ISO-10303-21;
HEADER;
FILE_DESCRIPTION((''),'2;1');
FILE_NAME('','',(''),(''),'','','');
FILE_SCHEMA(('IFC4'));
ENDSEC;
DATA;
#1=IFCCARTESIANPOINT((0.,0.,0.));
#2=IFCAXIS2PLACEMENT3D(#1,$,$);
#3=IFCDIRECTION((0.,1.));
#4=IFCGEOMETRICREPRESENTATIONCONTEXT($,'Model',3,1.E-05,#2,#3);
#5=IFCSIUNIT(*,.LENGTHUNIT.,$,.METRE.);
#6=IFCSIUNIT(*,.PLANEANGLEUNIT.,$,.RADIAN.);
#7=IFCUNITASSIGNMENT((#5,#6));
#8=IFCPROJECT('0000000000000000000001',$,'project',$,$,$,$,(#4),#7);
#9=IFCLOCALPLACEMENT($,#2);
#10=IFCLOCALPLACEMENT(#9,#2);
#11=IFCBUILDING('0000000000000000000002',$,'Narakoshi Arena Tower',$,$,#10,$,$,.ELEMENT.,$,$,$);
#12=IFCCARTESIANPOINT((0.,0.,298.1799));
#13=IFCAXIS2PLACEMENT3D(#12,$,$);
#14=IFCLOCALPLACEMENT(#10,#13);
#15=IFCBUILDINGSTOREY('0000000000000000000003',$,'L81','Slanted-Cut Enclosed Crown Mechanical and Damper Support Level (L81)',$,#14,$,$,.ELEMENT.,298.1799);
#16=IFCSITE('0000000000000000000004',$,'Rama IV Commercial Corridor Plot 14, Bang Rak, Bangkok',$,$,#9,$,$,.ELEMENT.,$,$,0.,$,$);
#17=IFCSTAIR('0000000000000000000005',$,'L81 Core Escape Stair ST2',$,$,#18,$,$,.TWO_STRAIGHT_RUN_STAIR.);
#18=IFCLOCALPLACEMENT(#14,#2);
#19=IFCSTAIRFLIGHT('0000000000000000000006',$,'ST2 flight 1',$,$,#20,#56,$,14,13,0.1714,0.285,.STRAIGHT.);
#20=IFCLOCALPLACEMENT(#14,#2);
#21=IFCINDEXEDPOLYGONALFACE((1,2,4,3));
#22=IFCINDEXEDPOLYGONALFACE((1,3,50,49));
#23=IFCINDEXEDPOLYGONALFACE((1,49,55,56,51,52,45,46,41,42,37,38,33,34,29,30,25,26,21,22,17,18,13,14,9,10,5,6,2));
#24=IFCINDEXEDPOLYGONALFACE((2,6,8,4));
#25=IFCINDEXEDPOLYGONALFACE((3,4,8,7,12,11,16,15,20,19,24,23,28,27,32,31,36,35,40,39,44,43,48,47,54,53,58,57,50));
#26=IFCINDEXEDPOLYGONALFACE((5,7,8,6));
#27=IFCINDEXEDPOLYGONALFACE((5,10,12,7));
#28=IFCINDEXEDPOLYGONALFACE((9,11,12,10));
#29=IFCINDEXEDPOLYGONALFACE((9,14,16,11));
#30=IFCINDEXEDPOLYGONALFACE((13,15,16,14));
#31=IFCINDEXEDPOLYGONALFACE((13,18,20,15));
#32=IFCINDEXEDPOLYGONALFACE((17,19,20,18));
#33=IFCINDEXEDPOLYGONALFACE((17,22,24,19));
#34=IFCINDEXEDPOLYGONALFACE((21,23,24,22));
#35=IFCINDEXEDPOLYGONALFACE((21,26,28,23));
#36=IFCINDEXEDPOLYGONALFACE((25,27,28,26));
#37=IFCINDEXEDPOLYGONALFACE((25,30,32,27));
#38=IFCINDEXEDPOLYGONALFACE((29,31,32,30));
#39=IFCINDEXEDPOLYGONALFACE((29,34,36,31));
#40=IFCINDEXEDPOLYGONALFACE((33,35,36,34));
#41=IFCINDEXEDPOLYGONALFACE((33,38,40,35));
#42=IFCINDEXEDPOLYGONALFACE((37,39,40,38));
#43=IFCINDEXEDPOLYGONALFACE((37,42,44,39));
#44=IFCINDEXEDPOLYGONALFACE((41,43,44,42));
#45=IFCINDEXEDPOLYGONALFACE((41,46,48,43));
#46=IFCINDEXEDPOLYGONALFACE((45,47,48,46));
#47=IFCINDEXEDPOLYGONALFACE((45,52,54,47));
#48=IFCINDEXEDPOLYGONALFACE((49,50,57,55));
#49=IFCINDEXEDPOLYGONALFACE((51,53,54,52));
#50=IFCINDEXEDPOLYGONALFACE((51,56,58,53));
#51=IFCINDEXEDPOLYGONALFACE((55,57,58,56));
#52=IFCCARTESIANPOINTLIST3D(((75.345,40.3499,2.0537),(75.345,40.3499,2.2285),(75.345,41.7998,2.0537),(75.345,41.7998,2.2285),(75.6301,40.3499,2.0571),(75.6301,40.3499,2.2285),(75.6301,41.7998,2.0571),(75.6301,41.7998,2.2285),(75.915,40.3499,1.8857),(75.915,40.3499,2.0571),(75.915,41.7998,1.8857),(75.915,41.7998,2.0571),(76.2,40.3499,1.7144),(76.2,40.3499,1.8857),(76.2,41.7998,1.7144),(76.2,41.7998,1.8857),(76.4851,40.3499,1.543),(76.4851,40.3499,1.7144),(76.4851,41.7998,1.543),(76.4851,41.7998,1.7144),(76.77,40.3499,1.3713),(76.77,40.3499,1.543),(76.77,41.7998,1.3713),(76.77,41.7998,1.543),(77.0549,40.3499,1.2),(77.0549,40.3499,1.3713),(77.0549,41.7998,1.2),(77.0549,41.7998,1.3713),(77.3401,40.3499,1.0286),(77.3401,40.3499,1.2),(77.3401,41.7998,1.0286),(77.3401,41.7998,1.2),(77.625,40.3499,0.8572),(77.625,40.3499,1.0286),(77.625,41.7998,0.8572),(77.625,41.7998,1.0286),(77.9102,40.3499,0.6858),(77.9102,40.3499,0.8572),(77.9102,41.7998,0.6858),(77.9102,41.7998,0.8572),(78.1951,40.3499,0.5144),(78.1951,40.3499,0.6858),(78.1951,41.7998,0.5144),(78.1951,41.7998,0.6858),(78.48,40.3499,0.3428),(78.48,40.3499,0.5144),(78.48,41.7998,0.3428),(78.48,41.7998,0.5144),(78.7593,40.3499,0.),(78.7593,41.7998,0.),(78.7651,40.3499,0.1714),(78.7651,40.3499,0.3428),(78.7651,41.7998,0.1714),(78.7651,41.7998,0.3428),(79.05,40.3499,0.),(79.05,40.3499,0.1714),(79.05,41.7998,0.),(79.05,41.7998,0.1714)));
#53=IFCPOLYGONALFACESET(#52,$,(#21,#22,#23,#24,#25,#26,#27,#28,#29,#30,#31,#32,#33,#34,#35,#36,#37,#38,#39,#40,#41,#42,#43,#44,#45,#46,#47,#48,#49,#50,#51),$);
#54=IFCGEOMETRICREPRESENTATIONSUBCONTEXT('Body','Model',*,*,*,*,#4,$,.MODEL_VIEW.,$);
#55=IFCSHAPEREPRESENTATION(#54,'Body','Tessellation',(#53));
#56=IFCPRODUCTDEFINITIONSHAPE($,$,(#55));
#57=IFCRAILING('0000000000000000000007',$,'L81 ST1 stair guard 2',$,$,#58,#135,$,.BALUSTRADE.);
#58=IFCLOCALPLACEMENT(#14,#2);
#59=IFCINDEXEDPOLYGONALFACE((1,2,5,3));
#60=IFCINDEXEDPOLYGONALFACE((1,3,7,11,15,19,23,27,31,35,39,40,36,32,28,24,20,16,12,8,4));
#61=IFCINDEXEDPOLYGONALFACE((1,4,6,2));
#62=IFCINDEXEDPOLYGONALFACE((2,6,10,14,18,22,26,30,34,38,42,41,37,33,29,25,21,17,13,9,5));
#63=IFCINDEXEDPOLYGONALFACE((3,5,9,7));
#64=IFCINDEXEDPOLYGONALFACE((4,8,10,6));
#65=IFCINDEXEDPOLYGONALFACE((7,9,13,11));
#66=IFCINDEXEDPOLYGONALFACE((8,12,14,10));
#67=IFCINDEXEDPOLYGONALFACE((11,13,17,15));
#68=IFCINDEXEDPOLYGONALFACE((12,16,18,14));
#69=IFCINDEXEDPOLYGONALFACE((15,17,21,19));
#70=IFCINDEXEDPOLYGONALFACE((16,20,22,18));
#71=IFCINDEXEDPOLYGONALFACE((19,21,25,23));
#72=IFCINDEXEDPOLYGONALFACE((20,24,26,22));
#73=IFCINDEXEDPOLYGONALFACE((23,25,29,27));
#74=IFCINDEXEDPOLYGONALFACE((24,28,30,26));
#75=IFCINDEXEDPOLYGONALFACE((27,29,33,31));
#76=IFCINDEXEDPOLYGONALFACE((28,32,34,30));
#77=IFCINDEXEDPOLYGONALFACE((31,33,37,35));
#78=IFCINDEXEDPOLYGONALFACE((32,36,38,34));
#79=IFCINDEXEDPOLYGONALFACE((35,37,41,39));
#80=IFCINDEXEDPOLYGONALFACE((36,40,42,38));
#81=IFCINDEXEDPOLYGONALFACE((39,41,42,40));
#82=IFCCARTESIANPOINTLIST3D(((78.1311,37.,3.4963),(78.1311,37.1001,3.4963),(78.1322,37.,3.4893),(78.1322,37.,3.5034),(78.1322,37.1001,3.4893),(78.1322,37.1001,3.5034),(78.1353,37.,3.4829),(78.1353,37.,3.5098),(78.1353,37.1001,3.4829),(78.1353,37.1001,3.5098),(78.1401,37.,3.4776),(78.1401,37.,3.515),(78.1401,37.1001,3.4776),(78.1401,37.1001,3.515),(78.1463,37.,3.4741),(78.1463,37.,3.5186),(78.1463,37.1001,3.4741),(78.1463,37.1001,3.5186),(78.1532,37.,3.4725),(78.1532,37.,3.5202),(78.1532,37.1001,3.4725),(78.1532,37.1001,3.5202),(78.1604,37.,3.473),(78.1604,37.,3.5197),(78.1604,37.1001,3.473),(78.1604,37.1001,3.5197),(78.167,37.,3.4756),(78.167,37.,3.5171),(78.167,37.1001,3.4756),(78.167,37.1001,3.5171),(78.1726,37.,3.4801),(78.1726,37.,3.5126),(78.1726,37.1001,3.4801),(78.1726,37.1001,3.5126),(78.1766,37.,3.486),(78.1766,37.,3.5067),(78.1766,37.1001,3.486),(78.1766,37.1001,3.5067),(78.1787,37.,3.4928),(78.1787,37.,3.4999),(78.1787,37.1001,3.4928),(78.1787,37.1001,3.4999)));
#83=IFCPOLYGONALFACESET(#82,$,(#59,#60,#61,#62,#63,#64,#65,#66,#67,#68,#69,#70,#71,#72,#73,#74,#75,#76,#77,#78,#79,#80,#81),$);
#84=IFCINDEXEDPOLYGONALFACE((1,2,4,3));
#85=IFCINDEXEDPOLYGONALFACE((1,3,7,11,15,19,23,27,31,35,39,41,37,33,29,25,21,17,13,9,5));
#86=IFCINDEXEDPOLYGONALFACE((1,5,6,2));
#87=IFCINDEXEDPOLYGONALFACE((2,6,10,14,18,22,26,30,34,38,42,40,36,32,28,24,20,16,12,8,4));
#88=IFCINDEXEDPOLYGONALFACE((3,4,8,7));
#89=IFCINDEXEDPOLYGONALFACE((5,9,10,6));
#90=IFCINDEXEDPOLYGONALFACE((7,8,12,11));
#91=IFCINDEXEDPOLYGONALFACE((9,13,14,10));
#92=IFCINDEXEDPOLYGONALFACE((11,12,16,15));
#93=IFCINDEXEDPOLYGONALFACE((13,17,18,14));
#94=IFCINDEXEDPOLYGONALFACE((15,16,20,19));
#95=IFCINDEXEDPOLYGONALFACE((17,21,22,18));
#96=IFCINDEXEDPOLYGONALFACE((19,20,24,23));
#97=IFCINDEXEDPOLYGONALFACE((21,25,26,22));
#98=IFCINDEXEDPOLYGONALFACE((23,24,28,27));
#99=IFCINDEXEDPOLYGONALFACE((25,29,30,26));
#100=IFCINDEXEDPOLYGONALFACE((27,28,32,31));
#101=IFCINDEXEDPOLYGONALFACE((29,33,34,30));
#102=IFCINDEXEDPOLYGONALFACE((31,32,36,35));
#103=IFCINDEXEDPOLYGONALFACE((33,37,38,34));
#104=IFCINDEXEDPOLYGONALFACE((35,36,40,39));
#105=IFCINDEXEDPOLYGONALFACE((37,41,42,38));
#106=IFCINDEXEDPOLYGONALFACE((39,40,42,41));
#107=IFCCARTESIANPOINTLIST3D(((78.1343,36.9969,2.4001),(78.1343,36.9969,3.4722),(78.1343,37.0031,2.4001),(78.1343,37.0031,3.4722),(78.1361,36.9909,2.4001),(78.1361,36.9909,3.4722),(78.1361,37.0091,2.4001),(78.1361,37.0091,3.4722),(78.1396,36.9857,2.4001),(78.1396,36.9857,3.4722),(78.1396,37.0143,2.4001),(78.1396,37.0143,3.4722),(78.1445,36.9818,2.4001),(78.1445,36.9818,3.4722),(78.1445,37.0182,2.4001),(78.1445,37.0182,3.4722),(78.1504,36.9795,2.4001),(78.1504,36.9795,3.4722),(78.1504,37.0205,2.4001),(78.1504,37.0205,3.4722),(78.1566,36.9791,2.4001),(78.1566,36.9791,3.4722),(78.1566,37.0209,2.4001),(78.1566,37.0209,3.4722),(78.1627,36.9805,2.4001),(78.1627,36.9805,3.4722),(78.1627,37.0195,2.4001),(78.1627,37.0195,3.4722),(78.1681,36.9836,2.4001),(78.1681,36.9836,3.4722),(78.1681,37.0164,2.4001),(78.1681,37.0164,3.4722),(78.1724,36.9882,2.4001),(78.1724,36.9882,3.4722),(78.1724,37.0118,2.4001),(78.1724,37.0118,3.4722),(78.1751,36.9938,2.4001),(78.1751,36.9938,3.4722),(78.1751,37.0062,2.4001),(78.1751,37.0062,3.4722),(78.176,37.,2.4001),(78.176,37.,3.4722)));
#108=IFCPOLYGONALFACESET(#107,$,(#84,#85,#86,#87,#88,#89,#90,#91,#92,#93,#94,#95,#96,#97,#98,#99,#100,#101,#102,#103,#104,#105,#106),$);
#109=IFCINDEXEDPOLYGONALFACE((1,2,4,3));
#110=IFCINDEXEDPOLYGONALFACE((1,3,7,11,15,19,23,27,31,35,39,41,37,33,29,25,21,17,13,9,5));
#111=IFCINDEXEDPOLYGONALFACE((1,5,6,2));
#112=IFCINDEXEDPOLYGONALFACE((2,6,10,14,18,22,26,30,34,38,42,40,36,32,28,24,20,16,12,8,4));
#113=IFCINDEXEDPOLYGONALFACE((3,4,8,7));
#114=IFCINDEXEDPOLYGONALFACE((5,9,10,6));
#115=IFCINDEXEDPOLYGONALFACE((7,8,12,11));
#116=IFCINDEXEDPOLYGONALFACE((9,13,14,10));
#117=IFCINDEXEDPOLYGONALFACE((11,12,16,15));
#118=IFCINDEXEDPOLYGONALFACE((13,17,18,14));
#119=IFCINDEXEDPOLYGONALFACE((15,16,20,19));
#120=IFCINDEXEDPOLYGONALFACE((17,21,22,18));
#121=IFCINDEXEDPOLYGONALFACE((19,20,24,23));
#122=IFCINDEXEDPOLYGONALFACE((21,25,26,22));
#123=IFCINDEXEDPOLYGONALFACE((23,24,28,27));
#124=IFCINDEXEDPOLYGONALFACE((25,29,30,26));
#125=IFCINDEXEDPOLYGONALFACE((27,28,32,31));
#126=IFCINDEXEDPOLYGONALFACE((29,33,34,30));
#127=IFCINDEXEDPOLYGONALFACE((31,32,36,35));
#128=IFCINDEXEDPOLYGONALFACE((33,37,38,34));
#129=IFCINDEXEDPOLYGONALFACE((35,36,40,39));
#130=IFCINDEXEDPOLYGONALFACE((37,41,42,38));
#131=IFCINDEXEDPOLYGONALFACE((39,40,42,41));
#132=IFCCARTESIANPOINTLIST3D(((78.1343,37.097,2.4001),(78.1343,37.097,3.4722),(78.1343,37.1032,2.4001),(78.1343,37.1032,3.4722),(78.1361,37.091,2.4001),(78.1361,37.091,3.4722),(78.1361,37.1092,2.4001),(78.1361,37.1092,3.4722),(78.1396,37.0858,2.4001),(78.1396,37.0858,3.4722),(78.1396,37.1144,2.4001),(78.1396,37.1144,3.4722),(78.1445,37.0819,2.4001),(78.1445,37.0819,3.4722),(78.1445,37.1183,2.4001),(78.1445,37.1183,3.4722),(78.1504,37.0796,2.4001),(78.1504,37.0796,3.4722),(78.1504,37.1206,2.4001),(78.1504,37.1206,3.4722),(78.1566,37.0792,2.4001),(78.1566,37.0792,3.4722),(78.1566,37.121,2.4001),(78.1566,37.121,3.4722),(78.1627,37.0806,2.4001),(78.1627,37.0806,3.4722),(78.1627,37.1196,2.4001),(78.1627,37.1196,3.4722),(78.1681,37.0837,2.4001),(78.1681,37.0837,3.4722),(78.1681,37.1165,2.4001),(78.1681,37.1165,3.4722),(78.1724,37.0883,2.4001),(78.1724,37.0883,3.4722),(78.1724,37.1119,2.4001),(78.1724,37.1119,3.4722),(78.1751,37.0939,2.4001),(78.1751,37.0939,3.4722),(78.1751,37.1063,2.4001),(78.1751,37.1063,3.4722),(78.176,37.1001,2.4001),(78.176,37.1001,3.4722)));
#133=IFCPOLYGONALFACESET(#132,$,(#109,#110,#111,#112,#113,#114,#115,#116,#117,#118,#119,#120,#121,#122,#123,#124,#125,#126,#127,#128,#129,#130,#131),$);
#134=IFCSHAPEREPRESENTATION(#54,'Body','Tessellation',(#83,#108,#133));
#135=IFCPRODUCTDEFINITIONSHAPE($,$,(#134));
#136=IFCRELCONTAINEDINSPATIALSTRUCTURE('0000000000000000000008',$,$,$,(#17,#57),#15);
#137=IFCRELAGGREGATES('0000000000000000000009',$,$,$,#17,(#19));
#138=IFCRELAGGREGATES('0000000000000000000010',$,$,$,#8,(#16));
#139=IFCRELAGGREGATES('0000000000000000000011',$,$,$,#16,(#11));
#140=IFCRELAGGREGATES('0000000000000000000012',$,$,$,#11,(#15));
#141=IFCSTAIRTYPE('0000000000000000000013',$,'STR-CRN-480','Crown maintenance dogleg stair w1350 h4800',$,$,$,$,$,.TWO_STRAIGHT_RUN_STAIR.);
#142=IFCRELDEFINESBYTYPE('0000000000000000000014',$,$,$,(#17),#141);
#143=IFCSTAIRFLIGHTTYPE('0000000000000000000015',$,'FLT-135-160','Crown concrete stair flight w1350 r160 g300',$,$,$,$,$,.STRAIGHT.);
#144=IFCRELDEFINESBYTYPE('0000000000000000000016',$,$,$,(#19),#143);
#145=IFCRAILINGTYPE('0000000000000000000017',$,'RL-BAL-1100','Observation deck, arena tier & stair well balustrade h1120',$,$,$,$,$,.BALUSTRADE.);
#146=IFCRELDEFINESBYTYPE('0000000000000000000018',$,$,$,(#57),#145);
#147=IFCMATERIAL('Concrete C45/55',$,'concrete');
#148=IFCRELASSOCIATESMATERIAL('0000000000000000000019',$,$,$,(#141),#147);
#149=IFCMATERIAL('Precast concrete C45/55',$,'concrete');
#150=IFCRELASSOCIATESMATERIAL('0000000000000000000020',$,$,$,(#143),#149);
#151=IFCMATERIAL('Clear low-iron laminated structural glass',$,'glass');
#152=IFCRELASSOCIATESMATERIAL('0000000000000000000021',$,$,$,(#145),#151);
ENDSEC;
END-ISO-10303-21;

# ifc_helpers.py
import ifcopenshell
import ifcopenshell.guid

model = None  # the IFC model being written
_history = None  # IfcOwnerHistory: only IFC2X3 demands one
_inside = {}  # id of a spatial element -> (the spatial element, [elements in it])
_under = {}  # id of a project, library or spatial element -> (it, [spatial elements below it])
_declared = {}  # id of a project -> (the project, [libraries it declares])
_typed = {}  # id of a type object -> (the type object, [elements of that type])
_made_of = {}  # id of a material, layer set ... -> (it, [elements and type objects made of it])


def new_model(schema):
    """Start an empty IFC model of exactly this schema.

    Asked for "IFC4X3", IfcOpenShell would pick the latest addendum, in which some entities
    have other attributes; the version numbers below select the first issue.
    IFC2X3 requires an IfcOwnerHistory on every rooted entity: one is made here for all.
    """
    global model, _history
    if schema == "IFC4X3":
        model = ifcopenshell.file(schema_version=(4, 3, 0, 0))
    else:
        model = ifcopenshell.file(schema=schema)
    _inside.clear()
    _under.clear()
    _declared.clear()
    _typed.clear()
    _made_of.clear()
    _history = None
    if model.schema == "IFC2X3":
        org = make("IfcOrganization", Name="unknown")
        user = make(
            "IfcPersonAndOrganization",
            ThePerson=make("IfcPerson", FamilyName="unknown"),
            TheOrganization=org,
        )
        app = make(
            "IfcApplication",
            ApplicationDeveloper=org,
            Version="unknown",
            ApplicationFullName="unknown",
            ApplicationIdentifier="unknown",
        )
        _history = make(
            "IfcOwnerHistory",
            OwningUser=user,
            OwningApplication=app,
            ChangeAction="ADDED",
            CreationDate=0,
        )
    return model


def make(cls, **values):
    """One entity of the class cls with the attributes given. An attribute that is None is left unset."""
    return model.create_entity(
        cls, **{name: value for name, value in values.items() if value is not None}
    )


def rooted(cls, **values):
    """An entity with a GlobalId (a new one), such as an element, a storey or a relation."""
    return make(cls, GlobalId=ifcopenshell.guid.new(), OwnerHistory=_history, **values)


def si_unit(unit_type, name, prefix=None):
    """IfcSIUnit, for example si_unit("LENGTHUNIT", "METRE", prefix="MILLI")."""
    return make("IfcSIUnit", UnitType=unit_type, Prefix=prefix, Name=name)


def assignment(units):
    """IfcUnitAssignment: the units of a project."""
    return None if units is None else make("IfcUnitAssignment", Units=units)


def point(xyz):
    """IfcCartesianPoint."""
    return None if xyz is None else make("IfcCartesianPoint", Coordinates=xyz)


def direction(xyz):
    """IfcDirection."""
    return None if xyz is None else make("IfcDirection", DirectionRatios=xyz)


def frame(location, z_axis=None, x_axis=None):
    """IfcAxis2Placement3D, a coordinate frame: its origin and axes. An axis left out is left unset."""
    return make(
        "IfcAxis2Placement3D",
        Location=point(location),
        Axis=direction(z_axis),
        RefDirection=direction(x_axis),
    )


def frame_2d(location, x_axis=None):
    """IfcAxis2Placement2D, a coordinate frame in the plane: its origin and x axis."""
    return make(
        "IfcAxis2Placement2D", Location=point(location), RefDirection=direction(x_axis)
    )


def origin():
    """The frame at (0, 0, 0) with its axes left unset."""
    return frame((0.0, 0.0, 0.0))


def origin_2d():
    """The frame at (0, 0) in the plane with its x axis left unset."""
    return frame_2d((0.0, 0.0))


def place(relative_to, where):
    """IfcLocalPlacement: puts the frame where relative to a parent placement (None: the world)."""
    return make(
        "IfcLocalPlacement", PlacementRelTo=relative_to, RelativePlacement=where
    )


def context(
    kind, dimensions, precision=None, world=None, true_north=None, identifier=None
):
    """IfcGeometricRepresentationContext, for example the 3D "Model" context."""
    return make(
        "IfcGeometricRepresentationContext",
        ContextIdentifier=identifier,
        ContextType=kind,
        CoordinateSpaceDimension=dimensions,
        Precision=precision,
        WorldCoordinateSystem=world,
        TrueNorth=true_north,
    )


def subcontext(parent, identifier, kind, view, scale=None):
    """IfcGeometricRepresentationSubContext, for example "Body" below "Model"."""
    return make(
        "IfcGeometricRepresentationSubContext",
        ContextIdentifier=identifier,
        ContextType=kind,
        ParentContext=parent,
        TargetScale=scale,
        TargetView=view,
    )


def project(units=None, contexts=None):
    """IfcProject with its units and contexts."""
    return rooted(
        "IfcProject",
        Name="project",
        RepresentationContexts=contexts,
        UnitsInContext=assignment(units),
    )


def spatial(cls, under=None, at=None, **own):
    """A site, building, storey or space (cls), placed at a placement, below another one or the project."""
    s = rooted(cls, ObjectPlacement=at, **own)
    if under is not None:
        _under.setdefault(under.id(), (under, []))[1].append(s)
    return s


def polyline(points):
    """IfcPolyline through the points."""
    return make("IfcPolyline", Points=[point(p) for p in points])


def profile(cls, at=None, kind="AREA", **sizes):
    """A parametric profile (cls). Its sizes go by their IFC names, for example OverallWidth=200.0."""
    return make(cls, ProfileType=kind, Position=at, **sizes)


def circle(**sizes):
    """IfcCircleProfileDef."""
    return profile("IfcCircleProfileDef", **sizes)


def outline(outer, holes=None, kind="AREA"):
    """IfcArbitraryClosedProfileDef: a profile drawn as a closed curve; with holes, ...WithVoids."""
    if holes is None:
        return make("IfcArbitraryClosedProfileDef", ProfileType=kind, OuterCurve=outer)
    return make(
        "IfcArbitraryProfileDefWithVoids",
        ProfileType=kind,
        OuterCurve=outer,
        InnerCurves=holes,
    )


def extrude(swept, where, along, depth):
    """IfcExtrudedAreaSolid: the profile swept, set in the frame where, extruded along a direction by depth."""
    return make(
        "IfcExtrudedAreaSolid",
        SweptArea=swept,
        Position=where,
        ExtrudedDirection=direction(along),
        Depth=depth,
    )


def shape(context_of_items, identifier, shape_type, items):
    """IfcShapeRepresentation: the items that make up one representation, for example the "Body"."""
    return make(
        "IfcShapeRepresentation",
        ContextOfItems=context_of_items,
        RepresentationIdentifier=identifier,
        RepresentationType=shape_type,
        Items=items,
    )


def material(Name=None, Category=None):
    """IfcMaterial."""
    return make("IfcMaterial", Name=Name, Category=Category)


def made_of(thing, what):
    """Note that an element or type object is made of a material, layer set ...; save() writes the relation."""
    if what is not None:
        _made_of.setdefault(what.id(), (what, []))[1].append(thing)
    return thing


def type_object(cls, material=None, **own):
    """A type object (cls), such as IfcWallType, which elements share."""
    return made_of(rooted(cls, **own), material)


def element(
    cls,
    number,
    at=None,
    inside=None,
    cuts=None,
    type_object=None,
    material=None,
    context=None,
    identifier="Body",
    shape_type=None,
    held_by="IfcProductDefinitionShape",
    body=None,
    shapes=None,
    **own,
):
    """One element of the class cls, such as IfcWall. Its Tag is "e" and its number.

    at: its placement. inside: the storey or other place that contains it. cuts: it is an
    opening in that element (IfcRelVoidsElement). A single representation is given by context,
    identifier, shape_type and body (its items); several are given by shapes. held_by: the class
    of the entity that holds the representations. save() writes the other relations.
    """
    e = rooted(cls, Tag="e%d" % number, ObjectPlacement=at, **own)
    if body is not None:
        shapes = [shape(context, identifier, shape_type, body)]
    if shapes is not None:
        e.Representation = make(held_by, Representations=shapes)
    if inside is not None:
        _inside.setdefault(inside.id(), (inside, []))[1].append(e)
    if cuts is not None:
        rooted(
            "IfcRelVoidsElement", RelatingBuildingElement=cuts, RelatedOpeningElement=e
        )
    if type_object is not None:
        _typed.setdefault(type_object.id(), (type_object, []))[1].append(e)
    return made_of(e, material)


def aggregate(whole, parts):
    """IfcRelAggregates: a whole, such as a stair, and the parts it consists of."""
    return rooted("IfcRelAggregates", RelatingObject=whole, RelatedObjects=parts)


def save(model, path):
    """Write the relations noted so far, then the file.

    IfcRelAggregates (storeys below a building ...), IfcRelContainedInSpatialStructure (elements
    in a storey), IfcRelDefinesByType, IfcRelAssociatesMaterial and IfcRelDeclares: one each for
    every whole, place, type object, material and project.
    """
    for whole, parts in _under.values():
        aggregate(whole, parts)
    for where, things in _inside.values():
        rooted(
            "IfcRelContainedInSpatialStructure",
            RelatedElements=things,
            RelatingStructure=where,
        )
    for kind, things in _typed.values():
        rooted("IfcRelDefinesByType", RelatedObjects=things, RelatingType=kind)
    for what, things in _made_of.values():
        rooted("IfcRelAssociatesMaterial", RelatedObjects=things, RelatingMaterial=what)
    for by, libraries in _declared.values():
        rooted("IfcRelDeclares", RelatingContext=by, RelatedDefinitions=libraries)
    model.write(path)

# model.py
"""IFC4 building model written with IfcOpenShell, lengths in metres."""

from ifc_helpers import new_model, si_unit, direction, frame, origin, origin_2d, place, context, subcontext, project, spatial, polyline, circle, outline, extrude, material, type_object, element, aggregate, save


model = new_model("IFC4")

# Units and contexts
model_context = context("Model", 3, precision=1e-05, world=origin(), true_north=direction((0.0, 1.0)))
body_context = subcontext(model_context, "Body", "Model", "MODEL_VIEW")
ifc_project = project(units=[si_unit("LENGTHUNIT", "METRE"), si_unit("PLANEANGLEUNIT", "RADIAN")], contexts=[model_context])

# Site, building, storey
site_placement = place(None, origin())
site = spatial("IfcSite", under=ifc_project, at=site_placement, Name="Rama IV Commercial Corridor Plot 14, Bang Rak, Bangkok", CompositionType="ELEMENT", RefElevation=0.0)
building_placement = place(site_placement, origin())
building = spatial("IfcBuilding", under=site, at=building_placement, Name="Narakoshi Arena Tower", CompositionType="ELEMENT")
storey_placement = place(building_placement, frame((0.0, 0.0, 298.1799)))
storey = spatial("IfcBuildingStorey", under=building, at=storey_placement, Name="L81", Description="Slanted-Cut Enclosed Crown Mechanical and Damper Support Level (L81)", CompositionType="ELEMENT", Elevation=298.1799)

# Shared definitions
ifc_material_1 = material(Name="Precast concrete C45/55", Category="concrete")

# Stair, stair flight
ifc_material_2 = material(Name="Concrete C45/55", Category="concrete")
stair_type = type_object("IfcStairType", Name="STR-CRN-480", Description="Crown maintenance dogleg stair w1350 h4800", PredefinedType="TWO_STRAIGHT_RUN_STAIR", material=ifc_material_2)
stair_placement = place(storey_placement, origin())
stair = element("IfcStair", 1, at=stair_placement, inside=storey, type_object=stair_type, Name="L81 Core Escape Stair ST2", PredefinedType="TWO_STRAIGHT_RUN_STAIR")
stair_flight_type = type_object("IfcStairFlightType", Name="FLT-135-160", Description="Crown concrete stair flight w1350 r160 g300", PredefinedType="STRAIGHT", material=ifc_material_1)
stair_flight_placement = place(storey_placement, frame((79.05, 41.075, 0.0), z_axis=(0.0, 0.0, 1.0), x_axis=(-1.0, 0.0, 0.0)))
stair_flight = element("IfcStairFlight", 2, at=stair_flight_placement, type_object=stair_flight_type, Name="ST2 flight 1", NumberOfRisers=14, NumberOfTreads=13, PredefinedType="STRAIGHT", RiserHeight=0.1714, TreadLength=0.285, context=body_context, shape_type="SweptSolid", body=[
    extrude(outline(polyline([(0.0, 0.0), (0.0, 0.1714), (0.2849, 0.1714), (0.2849, 0.3428), (0.5701, 0.3428), (0.5701, 0.5144), (0.855, 0.5144), (0.855, 0.6858), (1.1399, 0.6858), (1.1399, 0.8572), (1.425, 0.8572), (1.425, 1.0286), (1.71, 1.0286), (1.71, 1.2), (1.9951, 1.2), (1.9951, 1.3713), (2.28, 1.3713), (2.28, 1.543), (2.5649, 1.543), (2.5649, 1.7144), (2.8501, 1.7144), (2.8501, 1.8857), (3.135, 1.8857), (3.135, 2.0571), (3.4199, 2.0571), (3.4199, 2.2285), (3.7051, 2.2285), (3.7051, 2.3999), (3.7051, 2.0537), (0.2908, 0.0), (0.0, 0.0)])), frame((0.0, 0.7251, 0.0), z_axis=(0.0, -1.0, 0.0), x_axis=(1.0, 0.0, 0.0)), (0.0, 0.0, 1.0), 1.45),
])
aggregate(stair, [stair_flight])

# Railing
ifc_material_3 = material(Name="Clear low-iron laminated structural glass", Category="glass")
railing_type_1 = type_object("IfcRailingType", Name="RL-BAL-1100", Description="Observation deck, arena tier & stair well balustrade h1120", PredefinedType="BALUSTRADE", material=ifc_material_3)
railing_1_placement = place(storey_placement, frame((78.155, 37.0, 2.4001)))
element("IfcRailing", 3, at=railing_1_placement, inside=storey, type_object=railing_type_1, Name="L81 ST1 stair guard 2", PredefinedType="BALUSTRADE", context=body_context, shape_type="SweptSolid", body=[
    extrude(circle(Radius=0.0239, at=origin_2d()), frame((0.0, 0.0, 1.0962), z_axis=(0.0, 1.0, 0.0), x_axis=(-1.0, 0.0, 0.0)), (0.0, 0.0, 1.0), 0.1001),
    extrude(circle(Radius=0.021, at=origin_2d()), origin(), (0.0, 0.0, 1.0), 1.072),
    extrude(circle(Radius=0.021, at=origin_2d()), frame((0.0, 0.1001, 0.0)), (0.0, 0.0, 1.0), 1.072),
])

save(model, "model.ifc")
